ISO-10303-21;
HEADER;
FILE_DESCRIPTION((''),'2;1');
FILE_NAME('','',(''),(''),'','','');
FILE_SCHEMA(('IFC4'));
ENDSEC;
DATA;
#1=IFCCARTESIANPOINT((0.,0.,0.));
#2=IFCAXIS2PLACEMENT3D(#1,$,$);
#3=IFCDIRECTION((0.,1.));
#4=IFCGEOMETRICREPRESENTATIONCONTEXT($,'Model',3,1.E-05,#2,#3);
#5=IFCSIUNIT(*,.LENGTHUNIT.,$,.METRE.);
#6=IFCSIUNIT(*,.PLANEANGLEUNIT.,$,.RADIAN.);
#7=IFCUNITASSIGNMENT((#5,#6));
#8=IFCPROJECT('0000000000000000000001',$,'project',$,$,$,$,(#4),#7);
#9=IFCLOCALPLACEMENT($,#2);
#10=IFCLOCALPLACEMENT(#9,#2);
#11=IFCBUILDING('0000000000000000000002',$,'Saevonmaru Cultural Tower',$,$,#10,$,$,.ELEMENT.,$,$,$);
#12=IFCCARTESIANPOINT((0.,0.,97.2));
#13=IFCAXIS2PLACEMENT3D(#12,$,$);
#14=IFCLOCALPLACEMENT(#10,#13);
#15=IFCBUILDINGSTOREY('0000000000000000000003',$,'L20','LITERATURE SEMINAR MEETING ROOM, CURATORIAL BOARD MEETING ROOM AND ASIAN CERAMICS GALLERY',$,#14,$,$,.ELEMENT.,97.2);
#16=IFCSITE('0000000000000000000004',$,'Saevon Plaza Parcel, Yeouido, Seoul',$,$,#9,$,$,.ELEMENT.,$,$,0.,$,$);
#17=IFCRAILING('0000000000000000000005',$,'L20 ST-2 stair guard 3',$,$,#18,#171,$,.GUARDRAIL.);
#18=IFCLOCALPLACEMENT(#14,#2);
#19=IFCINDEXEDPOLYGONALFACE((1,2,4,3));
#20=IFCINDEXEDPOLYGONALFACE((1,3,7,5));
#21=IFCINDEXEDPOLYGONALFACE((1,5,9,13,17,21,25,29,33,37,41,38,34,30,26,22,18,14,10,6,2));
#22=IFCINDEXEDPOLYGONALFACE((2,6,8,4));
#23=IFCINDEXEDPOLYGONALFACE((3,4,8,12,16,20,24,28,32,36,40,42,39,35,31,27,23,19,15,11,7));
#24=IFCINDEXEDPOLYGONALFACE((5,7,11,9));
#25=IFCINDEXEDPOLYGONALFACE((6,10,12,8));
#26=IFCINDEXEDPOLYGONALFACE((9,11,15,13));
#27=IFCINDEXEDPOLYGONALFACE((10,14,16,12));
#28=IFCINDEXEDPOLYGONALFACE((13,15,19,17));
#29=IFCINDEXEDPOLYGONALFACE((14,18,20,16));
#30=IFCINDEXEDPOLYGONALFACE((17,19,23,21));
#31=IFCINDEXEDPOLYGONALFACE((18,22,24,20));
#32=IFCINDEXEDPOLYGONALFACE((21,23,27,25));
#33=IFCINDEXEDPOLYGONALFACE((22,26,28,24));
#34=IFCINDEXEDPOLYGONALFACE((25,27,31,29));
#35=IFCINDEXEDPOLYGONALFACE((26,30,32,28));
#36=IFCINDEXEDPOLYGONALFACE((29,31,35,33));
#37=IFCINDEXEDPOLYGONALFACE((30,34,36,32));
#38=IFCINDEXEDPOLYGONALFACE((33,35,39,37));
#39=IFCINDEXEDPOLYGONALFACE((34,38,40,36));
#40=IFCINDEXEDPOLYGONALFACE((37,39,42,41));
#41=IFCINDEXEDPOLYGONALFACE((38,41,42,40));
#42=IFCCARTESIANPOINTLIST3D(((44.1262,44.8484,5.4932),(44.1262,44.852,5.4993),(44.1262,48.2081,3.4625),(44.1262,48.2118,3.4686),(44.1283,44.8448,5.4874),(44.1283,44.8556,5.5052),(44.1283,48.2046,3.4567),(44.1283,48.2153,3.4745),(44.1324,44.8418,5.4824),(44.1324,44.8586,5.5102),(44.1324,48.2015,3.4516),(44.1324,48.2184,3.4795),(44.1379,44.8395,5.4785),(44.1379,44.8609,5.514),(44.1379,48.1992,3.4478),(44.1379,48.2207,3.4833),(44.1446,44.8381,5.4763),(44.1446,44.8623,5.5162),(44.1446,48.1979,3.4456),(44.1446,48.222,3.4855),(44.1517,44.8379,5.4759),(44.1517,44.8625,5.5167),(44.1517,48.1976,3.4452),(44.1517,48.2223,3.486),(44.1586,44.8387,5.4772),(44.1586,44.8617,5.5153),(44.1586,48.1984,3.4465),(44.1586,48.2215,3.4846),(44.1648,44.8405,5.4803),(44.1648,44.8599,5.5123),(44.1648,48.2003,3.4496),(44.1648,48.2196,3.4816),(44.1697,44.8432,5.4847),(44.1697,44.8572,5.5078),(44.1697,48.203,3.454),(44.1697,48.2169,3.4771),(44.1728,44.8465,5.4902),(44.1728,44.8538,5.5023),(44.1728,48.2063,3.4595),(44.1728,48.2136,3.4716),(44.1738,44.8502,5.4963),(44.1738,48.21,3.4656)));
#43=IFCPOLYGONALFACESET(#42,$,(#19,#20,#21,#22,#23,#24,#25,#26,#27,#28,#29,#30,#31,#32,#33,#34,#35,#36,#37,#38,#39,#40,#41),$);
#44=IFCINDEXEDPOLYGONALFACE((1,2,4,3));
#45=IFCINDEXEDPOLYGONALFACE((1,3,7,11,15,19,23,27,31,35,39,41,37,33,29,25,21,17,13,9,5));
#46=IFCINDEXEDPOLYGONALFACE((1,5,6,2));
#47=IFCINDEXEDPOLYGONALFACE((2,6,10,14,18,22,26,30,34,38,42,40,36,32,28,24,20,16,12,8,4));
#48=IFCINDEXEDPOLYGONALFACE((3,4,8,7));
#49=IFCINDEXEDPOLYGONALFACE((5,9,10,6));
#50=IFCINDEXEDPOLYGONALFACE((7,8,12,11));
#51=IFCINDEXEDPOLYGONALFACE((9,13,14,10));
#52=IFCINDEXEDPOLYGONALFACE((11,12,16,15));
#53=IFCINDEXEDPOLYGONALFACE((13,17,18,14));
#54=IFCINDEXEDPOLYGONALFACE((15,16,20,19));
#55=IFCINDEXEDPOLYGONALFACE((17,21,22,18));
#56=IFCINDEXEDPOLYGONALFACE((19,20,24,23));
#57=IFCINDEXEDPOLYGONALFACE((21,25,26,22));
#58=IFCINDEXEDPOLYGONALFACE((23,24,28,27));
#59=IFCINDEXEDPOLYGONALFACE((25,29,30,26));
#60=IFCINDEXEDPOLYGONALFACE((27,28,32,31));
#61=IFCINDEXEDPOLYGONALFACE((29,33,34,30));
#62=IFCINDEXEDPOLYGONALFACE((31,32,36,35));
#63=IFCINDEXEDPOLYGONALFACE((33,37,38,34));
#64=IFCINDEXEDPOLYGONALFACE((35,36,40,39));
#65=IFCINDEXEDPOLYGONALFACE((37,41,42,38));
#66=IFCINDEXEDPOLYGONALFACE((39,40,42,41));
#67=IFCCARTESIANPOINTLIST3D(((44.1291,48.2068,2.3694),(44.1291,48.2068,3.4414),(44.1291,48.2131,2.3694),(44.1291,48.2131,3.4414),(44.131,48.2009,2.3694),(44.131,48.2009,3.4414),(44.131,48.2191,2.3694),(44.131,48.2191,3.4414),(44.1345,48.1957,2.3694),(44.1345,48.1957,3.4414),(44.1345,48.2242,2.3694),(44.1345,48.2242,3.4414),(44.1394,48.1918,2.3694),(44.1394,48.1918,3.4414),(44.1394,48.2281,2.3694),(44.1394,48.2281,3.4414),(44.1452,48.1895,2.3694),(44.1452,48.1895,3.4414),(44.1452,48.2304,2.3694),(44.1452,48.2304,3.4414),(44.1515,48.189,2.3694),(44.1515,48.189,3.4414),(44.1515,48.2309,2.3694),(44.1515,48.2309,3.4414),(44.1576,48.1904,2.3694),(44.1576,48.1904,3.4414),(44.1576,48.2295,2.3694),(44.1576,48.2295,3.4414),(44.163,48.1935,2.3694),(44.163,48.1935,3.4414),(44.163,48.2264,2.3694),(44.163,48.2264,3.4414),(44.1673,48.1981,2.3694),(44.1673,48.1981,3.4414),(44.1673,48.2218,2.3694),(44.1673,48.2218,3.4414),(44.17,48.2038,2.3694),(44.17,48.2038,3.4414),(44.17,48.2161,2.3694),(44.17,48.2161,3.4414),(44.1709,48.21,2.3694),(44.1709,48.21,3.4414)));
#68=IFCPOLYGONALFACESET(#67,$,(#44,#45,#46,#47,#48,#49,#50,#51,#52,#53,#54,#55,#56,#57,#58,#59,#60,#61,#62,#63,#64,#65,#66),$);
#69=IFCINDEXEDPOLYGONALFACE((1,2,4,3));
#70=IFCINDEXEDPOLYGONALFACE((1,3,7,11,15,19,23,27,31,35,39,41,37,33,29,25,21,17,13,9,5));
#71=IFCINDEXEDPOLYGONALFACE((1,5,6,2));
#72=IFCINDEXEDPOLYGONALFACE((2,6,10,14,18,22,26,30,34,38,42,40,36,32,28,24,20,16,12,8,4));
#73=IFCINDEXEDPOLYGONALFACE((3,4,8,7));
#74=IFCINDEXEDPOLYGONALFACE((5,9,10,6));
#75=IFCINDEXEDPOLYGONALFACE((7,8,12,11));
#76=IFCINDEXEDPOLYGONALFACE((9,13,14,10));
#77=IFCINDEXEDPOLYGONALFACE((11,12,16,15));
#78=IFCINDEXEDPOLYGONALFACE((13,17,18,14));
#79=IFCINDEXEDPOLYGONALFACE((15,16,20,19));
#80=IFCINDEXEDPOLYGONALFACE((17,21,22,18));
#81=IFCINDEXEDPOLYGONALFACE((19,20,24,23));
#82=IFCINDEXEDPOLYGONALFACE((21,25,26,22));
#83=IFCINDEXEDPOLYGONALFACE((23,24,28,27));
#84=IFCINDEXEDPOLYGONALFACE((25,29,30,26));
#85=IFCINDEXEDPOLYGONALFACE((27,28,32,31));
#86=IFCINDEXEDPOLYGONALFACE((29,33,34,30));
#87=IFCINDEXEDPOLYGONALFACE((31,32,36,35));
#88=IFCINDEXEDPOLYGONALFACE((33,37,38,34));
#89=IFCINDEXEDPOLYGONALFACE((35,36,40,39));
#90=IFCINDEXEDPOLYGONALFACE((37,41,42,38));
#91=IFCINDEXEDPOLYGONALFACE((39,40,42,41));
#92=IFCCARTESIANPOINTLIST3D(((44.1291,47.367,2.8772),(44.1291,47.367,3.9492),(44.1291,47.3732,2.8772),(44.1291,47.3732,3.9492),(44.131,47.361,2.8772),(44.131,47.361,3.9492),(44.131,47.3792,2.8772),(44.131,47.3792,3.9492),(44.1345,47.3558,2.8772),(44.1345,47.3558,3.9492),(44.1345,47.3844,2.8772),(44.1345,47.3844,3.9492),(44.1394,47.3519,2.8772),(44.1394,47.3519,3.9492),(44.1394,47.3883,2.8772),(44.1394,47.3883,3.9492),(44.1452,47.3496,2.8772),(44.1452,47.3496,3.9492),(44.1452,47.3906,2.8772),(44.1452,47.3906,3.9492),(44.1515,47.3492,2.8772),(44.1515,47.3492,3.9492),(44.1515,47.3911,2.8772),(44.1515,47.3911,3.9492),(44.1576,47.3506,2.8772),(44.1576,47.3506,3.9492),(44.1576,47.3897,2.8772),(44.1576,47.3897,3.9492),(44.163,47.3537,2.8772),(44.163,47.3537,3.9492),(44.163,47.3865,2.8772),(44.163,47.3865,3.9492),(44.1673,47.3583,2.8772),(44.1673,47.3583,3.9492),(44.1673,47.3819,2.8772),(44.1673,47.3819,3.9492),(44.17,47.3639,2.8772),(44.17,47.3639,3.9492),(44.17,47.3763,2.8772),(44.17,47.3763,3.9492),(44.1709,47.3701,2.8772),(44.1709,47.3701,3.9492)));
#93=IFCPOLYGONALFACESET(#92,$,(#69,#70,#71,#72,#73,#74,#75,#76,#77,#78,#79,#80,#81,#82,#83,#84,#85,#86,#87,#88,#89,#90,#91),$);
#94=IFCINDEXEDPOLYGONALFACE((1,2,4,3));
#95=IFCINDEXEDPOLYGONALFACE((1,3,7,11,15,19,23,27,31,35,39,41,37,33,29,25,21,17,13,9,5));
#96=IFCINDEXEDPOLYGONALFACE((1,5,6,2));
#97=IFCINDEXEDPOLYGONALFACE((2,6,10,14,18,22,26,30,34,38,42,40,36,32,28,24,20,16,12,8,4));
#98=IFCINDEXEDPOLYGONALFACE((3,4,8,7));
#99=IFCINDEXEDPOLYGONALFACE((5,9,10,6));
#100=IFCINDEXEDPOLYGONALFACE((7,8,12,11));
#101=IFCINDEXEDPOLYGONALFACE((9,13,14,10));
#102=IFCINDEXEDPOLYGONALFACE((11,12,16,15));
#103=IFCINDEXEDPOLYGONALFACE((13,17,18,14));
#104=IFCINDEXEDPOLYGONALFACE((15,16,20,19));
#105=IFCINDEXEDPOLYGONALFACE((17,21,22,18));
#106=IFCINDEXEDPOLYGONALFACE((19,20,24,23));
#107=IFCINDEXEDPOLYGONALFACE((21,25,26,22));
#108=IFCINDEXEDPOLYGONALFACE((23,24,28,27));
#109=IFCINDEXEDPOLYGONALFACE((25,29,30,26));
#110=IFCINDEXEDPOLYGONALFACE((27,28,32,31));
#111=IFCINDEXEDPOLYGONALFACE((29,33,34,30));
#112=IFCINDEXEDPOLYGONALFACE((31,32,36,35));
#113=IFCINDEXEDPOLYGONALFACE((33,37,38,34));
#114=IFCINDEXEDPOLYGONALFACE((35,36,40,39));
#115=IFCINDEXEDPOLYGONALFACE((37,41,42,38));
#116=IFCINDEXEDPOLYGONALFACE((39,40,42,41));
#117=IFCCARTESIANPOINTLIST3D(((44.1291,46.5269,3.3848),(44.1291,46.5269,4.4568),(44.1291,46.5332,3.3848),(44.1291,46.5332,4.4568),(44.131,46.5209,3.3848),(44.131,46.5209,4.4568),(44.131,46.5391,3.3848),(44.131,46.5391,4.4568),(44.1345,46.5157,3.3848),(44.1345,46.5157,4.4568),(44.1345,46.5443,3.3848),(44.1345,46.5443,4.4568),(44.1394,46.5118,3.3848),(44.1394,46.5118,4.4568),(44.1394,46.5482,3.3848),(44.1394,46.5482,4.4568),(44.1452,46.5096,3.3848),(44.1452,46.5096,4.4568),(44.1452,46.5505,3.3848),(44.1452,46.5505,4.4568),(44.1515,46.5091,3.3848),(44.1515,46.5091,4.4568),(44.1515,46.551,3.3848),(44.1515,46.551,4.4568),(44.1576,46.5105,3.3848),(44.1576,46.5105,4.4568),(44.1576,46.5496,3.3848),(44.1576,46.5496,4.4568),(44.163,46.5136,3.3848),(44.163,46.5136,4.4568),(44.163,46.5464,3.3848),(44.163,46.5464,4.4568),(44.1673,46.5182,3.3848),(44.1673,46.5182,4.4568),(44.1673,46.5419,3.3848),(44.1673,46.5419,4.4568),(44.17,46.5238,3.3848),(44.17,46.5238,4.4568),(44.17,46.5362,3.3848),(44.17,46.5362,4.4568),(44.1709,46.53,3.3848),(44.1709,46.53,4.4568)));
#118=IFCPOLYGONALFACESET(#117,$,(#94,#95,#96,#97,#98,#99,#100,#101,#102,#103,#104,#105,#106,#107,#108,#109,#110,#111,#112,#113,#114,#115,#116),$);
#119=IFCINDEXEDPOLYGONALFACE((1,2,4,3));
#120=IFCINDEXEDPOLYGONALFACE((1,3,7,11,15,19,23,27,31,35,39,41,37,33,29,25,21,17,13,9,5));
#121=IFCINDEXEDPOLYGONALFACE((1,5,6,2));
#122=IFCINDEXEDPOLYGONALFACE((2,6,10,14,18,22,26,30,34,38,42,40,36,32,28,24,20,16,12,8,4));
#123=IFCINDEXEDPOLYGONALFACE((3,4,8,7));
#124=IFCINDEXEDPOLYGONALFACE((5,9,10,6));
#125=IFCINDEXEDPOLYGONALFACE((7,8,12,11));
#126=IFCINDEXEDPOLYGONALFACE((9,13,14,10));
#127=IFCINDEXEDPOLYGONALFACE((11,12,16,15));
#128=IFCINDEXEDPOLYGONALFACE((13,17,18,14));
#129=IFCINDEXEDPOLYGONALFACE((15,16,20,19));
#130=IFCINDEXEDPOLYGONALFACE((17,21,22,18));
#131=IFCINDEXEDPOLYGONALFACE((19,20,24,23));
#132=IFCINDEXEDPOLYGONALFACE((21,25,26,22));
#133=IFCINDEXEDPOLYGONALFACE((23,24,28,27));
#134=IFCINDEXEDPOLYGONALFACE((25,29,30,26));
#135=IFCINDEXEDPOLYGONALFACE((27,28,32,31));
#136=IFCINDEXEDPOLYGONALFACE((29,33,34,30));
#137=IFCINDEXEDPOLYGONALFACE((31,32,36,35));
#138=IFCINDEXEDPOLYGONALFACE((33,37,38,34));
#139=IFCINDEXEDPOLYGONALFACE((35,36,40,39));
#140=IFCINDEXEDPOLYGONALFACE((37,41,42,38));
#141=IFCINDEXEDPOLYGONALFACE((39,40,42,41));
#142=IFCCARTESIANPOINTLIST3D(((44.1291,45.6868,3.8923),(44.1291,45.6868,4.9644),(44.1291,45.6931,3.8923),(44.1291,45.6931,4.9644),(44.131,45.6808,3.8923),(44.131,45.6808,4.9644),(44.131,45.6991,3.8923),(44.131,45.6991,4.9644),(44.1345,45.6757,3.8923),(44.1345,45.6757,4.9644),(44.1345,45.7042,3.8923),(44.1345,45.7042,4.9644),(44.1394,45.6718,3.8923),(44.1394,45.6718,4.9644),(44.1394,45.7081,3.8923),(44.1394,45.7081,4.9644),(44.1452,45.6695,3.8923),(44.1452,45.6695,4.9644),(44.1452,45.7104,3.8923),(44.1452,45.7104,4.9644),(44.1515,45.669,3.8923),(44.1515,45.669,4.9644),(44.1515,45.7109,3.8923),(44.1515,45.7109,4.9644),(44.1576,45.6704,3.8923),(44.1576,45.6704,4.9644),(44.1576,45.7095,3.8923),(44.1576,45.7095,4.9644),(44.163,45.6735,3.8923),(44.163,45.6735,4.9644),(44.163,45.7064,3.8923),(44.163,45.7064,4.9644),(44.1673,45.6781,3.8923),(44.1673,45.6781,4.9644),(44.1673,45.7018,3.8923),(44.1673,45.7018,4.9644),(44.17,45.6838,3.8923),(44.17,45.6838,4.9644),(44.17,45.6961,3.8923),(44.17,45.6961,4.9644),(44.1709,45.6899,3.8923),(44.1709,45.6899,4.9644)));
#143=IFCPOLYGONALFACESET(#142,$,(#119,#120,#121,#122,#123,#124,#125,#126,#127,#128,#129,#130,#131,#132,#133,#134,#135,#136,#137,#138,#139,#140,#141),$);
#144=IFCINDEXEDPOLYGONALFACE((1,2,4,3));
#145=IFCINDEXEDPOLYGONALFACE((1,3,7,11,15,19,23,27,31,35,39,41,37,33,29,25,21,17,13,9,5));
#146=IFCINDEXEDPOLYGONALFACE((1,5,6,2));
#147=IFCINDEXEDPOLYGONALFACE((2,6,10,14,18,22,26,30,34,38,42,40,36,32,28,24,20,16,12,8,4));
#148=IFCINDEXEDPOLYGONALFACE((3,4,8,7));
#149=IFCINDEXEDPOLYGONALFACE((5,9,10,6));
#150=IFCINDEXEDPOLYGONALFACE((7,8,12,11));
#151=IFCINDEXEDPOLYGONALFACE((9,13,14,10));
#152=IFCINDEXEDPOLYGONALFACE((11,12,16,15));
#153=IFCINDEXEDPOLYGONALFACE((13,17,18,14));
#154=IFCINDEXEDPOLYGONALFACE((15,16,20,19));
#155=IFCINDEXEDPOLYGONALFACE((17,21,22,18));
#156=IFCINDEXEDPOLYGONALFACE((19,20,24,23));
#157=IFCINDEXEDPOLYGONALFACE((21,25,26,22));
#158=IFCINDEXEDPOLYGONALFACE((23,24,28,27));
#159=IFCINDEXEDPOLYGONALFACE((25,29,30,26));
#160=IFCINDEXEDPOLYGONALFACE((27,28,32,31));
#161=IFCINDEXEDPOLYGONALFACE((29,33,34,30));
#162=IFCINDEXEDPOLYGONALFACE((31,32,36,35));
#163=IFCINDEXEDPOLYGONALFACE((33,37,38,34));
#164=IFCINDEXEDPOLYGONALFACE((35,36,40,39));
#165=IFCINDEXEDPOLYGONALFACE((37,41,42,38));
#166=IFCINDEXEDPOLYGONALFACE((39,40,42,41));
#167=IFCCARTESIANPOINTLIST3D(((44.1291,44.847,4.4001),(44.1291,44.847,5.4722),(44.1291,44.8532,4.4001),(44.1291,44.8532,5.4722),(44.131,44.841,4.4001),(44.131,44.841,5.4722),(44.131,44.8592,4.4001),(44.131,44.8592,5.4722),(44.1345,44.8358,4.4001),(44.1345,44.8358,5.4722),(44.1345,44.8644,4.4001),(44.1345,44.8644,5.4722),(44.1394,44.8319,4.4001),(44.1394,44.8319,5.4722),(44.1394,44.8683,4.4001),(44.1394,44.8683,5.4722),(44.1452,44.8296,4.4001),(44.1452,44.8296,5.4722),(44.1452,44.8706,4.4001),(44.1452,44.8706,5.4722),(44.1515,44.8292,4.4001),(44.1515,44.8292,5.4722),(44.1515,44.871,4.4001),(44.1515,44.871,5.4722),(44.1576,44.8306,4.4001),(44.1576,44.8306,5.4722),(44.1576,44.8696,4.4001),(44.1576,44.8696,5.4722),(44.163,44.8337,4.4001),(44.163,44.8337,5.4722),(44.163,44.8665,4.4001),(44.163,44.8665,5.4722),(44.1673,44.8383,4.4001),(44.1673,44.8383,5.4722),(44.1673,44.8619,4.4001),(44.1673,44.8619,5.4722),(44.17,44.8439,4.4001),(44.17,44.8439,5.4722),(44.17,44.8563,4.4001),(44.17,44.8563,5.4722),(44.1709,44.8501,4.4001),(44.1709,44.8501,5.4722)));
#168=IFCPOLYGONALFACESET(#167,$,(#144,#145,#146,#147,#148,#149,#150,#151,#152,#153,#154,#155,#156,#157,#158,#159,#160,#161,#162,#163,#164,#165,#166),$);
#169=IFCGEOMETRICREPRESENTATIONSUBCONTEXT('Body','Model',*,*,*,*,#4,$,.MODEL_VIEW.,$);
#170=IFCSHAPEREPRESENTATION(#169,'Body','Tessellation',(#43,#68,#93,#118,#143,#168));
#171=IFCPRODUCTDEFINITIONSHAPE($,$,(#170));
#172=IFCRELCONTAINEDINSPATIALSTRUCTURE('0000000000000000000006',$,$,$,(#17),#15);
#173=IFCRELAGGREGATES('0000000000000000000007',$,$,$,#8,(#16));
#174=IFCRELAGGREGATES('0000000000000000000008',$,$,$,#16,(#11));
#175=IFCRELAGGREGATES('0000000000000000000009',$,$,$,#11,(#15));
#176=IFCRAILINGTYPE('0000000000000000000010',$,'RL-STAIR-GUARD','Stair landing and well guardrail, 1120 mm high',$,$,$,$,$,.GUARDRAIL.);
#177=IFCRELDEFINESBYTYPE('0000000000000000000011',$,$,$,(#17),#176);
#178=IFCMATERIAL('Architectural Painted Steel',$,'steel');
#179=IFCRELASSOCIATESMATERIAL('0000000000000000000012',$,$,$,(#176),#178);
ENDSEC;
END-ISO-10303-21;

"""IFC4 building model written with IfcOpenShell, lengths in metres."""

from ifc_helpers import new_model, si_unit, direction, frame, origin, origin_2d, place, context, subcontext, project, spatial, circle, extrude, material, type_object, element, save


model = new_model("IFC4")

# Units and contexts
model_context = context("Model", 3, precision=1e-05, world=origin(), true_north=direction((0.0, 1.0)))
body_context = subcontext(model_context, "Body", "Model", "MODEL_VIEW")
ifc_project = project(units=[si_unit("LENGTHUNIT", "METRE"), si_unit("PLANEANGLEUNIT", "RADIAN")], contexts=[model_context])

# Site, building, storey
site_placement = place(None, origin())
site = spatial("IfcSite", under=ifc_project, at=site_placement, Name="Saevon Plaza Parcel, Yeouido, Seoul", CompositionType="ELEMENT", RefElevation=0.0)
building_placement = place(site_placement, origin())
building = spatial("IfcBuilding", under=site, at=building_placement, Name="Saevonmaru Cultural Tower", CompositionType="ELEMENT")
storey_placement = place(building_placement, frame((0.0, 0.0, 97.2)))
storey = spatial("IfcBuildingStorey", under=building, at=storey_placement, Name="L20", Description="LITERATURE SEMINAR MEETING ROOM, CURATORIAL BOARD MEETING ROOM AND ASIAN CERAMICS GALLERY", CompositionType="ELEMENT", Elevation=97.2)

# Railing
ifc_material_1 = material(Name="Architectural Painted Steel", Category="steel")
railing_type_1 = type_object("IfcRailingType", Name="RL-STAIR-GUARD", Description="Stair landing and well guardrail, 1120 mm high", PredefinedType="GUARDRAIL", material=ifc_material_1)
railing_1_placement = place(storey_placement, frame((44.1499, 48.21, 2.3694)))
element("IfcRailing", 1, at=railing_1_placement, inside=storey, type_object=railing_type_1, Name="L20 ST-2 stair guard 3", PredefinedType="GUARDRAIL", context=body_context, shape_type="SweptSolid", body=[
    extrude(circle(Radius=0.0239, at=origin_2d()), frame((0.0, 0.0, 1.0962), z_axis=(0.0, -0.85582, 0.517273), x_axis=(1.0, 0.0, 0.0)), (0.0, 0.0, 1.0), 3.9258),
    extrude(circle(Radius=0.021, at=origin_2d()), origin(), (0.0, 0.0, 1.0), 1.072),
    extrude(circle(Radius=0.021, at=origin_2d()), frame((0.0, -0.8398, 0.5078)), (0.0, 0.0, 1.0), 1.072),
    extrude(circle(Radius=0.021, at=origin_2d()), frame((0.0, -1.6799, 1.0154)), (0.0, 0.0, 1.0), 1.072),
    extrude(circle(Radius=0.021, at=origin_2d()), frame((0.0, -2.52, 1.5229)), (0.0, 0.0, 1.0), 1.072),
    extrude(circle(Radius=0.021, at=origin_2d()), frame((0.0, -3.3599, 2.0308)), (0.0, 0.0, 1.0), 1.072),
])

save(model, "model.ifc")
